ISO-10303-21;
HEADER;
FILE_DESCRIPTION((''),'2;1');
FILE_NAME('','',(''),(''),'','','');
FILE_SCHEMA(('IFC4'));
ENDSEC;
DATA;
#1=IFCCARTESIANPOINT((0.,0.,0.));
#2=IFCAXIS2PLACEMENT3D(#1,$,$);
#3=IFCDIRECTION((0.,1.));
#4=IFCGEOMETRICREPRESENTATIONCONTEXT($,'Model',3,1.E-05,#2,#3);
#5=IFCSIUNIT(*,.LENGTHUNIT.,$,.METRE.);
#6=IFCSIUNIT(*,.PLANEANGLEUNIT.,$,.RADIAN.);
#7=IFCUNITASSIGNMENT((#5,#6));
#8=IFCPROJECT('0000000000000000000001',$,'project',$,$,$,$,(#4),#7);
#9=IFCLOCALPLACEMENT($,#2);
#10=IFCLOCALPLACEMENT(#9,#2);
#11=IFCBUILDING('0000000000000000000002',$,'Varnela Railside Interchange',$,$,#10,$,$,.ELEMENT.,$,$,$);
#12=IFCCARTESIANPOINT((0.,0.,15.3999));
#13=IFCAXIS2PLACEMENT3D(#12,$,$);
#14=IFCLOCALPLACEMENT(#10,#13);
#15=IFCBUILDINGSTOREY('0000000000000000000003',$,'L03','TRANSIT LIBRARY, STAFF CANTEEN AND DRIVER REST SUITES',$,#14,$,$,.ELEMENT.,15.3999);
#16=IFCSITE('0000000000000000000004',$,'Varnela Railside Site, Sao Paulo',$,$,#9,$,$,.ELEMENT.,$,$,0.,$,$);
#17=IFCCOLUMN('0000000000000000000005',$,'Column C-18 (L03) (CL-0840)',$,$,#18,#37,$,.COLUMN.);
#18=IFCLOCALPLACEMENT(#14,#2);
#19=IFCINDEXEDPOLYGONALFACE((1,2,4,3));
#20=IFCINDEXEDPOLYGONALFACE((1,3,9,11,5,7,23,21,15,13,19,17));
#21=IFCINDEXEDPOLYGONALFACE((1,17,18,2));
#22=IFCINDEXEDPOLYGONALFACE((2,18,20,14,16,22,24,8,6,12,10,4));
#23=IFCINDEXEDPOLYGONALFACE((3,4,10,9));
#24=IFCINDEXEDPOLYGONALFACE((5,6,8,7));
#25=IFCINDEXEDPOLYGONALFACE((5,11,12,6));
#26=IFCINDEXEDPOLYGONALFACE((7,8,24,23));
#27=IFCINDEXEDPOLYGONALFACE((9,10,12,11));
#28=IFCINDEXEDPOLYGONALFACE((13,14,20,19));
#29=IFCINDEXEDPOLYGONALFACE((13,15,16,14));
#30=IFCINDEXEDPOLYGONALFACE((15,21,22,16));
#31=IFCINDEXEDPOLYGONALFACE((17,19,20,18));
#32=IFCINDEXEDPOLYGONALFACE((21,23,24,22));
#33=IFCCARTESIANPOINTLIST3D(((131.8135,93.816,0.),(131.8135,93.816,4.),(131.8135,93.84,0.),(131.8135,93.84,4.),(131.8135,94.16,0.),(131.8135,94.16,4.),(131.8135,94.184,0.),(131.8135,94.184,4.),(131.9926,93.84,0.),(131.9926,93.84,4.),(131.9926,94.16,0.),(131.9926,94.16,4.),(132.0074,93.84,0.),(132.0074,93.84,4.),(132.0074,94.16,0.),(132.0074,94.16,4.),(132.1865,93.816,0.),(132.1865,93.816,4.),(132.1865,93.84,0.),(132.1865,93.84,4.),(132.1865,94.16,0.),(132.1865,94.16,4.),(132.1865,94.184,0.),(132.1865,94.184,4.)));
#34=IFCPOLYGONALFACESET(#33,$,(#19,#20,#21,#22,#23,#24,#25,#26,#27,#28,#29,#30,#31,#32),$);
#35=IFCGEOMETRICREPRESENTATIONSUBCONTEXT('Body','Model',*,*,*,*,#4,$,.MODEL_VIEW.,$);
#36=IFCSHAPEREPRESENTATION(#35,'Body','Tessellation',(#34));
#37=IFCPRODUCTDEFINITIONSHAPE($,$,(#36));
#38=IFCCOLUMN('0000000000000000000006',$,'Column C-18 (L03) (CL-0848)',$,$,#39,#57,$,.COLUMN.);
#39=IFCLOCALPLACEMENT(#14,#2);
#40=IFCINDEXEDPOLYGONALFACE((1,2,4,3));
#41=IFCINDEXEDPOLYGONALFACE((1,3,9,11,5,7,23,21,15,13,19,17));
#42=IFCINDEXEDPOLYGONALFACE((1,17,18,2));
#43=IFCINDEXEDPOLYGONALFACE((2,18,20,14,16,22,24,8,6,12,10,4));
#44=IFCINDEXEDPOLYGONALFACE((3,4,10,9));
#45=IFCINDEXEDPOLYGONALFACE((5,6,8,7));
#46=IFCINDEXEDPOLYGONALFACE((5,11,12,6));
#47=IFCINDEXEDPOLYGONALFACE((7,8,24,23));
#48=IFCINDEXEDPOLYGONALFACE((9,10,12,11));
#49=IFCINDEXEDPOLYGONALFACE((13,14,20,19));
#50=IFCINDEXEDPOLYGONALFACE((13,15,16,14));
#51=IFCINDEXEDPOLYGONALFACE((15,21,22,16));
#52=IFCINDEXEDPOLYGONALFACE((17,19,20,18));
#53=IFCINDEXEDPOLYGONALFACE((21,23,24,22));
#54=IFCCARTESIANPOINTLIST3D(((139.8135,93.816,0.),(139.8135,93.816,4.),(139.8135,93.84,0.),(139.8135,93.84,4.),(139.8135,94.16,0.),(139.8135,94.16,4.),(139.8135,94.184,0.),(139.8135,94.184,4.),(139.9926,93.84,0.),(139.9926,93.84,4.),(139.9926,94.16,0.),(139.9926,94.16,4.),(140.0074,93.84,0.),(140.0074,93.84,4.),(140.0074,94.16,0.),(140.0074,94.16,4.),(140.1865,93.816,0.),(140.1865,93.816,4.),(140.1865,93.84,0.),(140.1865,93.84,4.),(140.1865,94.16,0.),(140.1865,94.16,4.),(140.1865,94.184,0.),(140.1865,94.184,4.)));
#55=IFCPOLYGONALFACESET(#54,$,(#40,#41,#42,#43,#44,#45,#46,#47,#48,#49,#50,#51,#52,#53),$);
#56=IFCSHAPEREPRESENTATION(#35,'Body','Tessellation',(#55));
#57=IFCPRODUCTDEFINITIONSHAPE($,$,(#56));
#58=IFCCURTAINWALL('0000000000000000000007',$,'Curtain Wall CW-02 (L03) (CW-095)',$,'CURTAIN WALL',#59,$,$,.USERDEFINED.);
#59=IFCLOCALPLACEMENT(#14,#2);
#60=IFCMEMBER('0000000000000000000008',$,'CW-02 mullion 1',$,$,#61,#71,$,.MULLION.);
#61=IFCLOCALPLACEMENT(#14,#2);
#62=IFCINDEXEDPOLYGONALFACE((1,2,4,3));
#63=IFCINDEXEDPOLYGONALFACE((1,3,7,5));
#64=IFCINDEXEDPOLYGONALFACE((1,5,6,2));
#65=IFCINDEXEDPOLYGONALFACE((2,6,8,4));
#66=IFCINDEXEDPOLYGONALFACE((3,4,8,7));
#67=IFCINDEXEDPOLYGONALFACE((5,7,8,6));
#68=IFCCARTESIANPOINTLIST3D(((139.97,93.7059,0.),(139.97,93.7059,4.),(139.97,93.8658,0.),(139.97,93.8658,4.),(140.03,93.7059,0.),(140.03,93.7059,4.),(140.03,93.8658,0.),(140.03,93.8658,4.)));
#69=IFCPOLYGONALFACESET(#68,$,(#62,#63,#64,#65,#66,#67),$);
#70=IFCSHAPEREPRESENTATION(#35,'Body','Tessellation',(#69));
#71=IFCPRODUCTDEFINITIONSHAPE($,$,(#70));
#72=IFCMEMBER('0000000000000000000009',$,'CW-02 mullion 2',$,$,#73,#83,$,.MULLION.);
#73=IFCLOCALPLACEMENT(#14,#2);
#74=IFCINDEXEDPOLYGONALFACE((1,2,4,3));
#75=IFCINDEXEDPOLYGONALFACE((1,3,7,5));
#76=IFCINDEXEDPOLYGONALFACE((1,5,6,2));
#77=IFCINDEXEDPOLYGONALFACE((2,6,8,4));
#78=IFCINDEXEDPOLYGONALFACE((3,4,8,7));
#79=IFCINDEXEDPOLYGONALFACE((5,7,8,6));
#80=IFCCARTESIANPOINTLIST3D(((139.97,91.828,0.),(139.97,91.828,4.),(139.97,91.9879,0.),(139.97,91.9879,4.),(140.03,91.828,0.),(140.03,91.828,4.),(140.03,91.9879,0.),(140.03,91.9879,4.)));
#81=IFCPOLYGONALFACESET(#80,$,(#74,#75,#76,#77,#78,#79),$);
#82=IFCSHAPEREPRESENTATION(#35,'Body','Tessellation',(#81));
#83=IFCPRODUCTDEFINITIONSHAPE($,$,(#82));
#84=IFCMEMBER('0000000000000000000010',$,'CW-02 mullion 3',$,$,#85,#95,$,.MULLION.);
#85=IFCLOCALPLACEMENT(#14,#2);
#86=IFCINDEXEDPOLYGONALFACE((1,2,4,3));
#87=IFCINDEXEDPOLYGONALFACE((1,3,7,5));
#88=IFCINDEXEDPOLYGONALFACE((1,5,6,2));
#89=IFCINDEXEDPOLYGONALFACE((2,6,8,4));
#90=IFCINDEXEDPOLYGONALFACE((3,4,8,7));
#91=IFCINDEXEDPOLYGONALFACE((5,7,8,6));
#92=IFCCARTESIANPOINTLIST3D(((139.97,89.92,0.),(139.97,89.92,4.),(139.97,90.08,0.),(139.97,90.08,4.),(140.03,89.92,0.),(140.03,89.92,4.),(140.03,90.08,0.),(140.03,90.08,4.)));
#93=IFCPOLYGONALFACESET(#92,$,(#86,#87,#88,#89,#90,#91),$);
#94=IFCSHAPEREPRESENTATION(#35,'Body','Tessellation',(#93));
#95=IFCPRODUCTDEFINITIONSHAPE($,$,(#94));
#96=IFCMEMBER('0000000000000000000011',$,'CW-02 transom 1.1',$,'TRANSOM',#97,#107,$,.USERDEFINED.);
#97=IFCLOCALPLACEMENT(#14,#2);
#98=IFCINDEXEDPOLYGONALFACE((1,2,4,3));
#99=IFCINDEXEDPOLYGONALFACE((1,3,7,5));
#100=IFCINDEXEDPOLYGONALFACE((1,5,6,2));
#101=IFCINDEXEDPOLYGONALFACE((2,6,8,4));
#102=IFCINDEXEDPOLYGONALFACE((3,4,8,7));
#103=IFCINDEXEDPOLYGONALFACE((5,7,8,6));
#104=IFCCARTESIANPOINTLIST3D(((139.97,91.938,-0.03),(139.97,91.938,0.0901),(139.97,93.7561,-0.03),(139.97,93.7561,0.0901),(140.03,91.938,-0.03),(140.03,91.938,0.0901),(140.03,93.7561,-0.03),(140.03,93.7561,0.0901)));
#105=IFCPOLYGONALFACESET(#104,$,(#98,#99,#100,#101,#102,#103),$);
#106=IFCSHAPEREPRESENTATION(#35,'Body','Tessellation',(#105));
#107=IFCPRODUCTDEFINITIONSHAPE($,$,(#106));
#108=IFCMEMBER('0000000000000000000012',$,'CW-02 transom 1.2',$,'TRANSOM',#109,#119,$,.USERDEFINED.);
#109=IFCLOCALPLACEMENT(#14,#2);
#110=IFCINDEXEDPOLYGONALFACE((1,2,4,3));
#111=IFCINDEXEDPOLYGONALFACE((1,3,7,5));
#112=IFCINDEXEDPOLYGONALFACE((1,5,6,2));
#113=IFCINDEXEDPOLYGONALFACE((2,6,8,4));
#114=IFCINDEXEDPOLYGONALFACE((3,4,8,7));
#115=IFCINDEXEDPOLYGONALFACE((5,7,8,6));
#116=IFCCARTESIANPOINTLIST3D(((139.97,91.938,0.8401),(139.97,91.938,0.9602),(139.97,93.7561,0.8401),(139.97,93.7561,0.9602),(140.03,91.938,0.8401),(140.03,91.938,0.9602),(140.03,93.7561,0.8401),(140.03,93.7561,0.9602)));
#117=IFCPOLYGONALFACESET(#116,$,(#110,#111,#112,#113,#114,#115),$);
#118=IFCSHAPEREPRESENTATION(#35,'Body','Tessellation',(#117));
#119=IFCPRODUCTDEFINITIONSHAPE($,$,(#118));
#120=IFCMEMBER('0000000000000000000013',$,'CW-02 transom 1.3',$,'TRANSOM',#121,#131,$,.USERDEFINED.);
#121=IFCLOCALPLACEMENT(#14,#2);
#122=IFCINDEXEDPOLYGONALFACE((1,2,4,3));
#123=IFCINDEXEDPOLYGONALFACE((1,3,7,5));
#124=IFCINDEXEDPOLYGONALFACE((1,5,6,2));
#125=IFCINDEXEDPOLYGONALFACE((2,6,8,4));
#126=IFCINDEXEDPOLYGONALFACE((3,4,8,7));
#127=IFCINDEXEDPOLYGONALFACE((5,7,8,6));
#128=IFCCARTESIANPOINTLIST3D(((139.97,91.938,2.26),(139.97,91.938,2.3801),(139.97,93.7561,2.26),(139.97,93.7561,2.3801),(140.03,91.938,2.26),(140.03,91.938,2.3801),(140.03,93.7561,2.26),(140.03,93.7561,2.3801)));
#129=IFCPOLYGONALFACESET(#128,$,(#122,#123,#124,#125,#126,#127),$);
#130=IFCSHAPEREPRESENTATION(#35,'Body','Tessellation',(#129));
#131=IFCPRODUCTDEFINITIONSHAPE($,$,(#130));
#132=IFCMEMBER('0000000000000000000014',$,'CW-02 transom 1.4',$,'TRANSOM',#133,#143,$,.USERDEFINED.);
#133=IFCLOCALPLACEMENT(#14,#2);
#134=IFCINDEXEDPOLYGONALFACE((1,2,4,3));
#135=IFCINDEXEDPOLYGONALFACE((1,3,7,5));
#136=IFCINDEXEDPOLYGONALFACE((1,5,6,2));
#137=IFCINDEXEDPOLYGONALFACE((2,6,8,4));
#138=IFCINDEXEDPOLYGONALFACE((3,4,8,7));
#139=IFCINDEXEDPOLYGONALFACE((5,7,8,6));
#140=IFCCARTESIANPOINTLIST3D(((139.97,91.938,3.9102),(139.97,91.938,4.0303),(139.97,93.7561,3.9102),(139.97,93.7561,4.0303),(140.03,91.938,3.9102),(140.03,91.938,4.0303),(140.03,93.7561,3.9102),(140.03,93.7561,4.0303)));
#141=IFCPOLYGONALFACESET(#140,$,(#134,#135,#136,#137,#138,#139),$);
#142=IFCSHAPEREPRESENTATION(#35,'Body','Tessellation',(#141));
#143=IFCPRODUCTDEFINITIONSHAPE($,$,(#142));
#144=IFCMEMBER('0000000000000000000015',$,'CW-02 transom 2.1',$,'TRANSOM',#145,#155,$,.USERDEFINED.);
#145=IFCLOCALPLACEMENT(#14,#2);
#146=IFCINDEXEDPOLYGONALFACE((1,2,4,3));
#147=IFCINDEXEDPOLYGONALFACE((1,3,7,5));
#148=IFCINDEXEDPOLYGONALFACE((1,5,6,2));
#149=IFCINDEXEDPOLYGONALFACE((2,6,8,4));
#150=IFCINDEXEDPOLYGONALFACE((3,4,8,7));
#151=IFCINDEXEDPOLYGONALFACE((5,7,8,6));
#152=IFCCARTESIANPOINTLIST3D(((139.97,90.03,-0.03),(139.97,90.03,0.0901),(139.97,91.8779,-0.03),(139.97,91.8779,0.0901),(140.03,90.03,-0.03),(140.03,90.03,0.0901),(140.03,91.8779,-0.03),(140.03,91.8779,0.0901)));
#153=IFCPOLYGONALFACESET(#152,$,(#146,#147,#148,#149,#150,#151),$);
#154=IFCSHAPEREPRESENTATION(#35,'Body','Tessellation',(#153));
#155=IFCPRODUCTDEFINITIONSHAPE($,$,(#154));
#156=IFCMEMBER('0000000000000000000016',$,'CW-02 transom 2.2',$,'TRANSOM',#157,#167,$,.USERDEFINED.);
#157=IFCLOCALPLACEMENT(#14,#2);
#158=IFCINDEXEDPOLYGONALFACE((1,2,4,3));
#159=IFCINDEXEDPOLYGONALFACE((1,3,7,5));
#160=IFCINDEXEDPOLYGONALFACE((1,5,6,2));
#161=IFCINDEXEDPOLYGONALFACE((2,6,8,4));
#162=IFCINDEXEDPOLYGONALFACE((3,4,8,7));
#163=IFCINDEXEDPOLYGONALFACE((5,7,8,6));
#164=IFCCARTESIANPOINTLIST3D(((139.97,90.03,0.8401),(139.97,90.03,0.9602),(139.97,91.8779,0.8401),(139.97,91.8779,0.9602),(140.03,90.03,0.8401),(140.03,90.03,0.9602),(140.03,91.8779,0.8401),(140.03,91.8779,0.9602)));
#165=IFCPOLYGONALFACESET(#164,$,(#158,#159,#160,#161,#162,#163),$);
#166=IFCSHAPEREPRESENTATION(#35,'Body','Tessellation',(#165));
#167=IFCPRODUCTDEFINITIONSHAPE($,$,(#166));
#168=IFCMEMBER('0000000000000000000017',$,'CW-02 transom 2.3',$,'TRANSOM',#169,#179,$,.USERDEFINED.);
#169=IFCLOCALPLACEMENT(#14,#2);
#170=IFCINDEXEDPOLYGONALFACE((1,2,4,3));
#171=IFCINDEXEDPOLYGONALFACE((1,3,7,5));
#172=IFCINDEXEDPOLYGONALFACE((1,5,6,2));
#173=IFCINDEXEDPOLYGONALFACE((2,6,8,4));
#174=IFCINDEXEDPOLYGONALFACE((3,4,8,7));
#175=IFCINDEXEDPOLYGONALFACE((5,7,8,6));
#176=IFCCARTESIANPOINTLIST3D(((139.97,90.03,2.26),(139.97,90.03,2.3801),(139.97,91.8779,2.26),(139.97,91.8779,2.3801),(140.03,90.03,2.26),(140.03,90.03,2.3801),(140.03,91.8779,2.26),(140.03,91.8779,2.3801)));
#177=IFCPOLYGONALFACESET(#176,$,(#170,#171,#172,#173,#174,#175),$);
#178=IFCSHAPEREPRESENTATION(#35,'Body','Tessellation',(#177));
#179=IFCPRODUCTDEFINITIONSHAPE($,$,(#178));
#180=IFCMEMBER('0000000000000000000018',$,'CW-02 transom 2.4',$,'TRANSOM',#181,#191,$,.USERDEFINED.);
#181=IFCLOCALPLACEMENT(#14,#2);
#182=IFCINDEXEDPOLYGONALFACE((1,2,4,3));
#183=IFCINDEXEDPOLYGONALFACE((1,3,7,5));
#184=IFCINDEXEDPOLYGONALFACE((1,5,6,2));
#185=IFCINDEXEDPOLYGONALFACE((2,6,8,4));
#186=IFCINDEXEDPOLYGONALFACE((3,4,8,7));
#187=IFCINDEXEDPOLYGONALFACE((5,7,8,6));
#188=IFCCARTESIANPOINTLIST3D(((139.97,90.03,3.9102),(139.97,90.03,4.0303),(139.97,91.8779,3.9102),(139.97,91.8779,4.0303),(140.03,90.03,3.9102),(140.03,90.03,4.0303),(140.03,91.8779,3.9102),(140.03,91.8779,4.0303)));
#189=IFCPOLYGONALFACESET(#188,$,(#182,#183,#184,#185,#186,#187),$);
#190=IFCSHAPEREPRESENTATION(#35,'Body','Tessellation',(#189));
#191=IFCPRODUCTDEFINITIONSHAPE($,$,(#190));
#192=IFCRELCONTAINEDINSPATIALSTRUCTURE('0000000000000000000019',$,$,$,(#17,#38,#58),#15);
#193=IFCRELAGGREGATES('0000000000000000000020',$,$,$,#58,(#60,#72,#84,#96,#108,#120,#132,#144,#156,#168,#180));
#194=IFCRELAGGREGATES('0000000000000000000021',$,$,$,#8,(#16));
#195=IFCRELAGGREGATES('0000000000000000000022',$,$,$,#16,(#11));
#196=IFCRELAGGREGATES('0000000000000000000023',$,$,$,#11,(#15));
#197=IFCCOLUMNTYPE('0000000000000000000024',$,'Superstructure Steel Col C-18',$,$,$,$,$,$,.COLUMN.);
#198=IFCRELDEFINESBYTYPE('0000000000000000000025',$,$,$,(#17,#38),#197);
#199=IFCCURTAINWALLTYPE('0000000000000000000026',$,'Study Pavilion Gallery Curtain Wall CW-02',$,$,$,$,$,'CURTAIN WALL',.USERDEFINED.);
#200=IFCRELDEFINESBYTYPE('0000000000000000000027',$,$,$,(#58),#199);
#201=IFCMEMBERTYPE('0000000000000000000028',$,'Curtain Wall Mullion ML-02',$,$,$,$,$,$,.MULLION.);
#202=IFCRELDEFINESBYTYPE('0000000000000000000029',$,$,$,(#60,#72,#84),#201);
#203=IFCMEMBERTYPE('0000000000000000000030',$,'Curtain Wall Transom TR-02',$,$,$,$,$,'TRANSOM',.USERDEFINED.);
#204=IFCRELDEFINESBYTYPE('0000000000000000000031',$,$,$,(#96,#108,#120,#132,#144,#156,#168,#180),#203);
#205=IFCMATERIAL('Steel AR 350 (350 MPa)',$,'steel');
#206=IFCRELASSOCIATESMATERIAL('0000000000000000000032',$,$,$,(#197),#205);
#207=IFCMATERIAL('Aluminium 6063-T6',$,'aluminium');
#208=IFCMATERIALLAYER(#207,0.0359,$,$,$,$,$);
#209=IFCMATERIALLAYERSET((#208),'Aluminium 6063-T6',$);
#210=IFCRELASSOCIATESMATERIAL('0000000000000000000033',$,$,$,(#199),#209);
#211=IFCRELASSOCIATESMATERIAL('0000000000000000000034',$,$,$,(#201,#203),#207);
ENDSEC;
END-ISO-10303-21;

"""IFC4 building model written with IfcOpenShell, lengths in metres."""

from ifc_helpers import new_model, si_unit, direction, frame, origin, origin_2d, place, context, subcontext, project, spatial, rectangle, i_section, extrude, material, layer, layer_set, material_profile, profile_set, type_object, element, aggregate, save


model = new_model("IFC4")

# Units and contexts
model_context = context("Model", 3, precision=1e-05, world=origin(), true_north=direction((0.0, 1.0)))
body_context = subcontext(model_context, "Body", "Model", "MODEL_VIEW")
ifc_project = project(units=[si_unit("LENGTHUNIT", "METRE"), si_unit("PLANEANGLEUNIT", "RADIAN")], contexts=[model_context])

# Site, building, storey
site_placement = place(None, origin())
site = spatial("IfcSite", under=ifc_project, at=site_placement, Name="Varnela Railside Site, Sao Paulo", CompositionType="ELEMENT", RefElevation=0.0)
building_placement = place(site_placement, origin())
building = spatial("IfcBuilding", under=site, at=building_placement, Name="Varnela Railside Interchange", CompositionType="ELEMENT")
storey_placement = place(building_placement, frame((0.0, 0.0, 15.3999)))
storey = spatial("IfcBuildingStorey", under=building, at=storey_placement, Name="L03", Description="TRANSIT LIBRARY, STAFF CANTEEN AND DRIVER REST SUITES", CompositionType="ELEMENT", Elevation=15.3999)

# Columns
ifc_material_1 = material(Name="Steel AR 350 (350 MPa)", Category="steel")
ifc_material_profile_1 = material_profile(ifc_material_1, i_section(OverallWidth=0.373, OverallDepth=0.3679, WebThickness=0.0149, FlangeThickness=0.0239, at=origin_2d()), Name="W360x179")
ifc_profile_set_1 = profile_set([ifc_material_profile_1], Name="Steel AR 350 (350 MPa)")
column_type = type_object("IfcColumnType", Name="Superstructure Steel Col C-18", PredefinedType="COLUMN", material=ifc_profile_set_1)
for number, where, z_axis, x_axis, name in (
    (1, (132.0, 94.0, 0.0), (0.0, 0.0, 1.0), (1.0, 0.0, 0.0), "Column C-18 (L03) (CL-0840)"),
    (2, (140.0, 94.0, 0.0), (0.0, 0.0, 1.0), (1.0, 0.0, 0.0), "Column C-18 (L03) (CL-0848)"),
):
    element("IfcColumn", number, at=place(storey_placement, frame(where, z_axis=z_axis, x_axis=x_axis)), inside=storey, type_object=column_type, Name=name, PredefinedType="COLUMN", context=body_context, shape_type="SweptSolid", body=[
        extrude(i_section(OverallWidth=0.373, OverallDepth=0.3679, WebThickness=0.0149, FlangeThickness=0.0239, at=origin_2d()), origin(), (0.0, 0.0, 1.0), 4.0),
    ])

# Curtain wall, members
ifc_material_2 = material(Name="Aluminium 6063-T6", Category="aluminium")
ifc_layer_1 = layer(ifc_material_2, 0.0359)
ifc_layer_set_1 = layer_set([ifc_layer_1], Name="Aluminium 6063-T6")
curtain_wall_type = type_object("IfcCurtainWallType", Name="Study Pavilion Gallery Curtain Wall CW-02", ElementType="CURTAIN WALL", PredefinedType="USERDEFINED", material=ifc_layer_set_1)
curtain_wall_placement = place(storey_placement, origin())
curtain_wall = element("IfcCurtainWall", 3, at=curtain_wall_placement, inside=storey, type_object=curtain_wall_type, Name="Curtain Wall CW-02 (L03) (CW-095)", ObjectType="CURTAIN WALL", PredefinedType="USERDEFINED")
ifc_material_profile_2 = material_profile(ifc_material_2, rectangle(XDim=0.0601, YDim=0.1599, at=origin_2d()), Name="ALU 60x160")
ifc_profile_set_2 = profile_set([ifc_material_profile_2], Name="Aluminium 6063-T6")
member_type_1 = type_object("IfcMemberType", Name="Curtain Wall Mullion ML-02", PredefinedType="MULLION", material=ifc_profile_set_2)
member_1_placement = place(storey_placement, frame((140.0, 93.7859, 0.0), z_axis=(0.0, 0.0, 1.0), x_axis=(1.0, 0.0, 0.0)))
member_1 = element("IfcMember", 4, at=member_1_placement, type_object=member_type_1, Name="CW-02 mullion 1", PredefinedType="MULLION", context=body_context, shape_type="SweptSolid", body=[
    extrude(rectangle(XDim=0.0601, YDim=0.1599, at=origin_2d()), origin(), (0.0, 0.0, 1.0), 4.0),
])
member_2_placement = place(storey_placement, frame((140.0, 91.908, 0.0), z_axis=(0.0, 0.0, 1.0), x_axis=(1.0, 0.0, 0.0)))
member_2 = element("IfcMember", 5, at=member_2_placement, type_object=member_type_1, Name="CW-02 mullion 2", PredefinedType="MULLION", context=body_context, shape_type="SweptSolid", body=[
    extrude(rectangle(XDim=0.0601, YDim=0.1599, at=origin_2d()), origin(), (0.0, 0.0, 1.0), 4.0),
])
member_3_placement = place(storey_placement, frame((140.0, 90.0, 0.0), z_axis=(0.0, 0.0, 1.0), x_axis=(1.0, 0.0, 0.0)))
member_3 = element("IfcMember", 6, at=member_3_placement, type_object=member_type_1, Name="CW-02 mullion 3", PredefinedType="MULLION", context=body_context, shape_type="SweptSolid", body=[
    extrude(rectangle(XDim=0.0601, YDim=0.1599, at=origin_2d()), origin(), (0.0, 0.0, 1.0), 4.0),
])
ifc_material_profile_3 = material_profile(ifc_material_2, rectangle(XDim=0.0601, YDim=0.1201, at=origin_2d()), Name="ALU 60x120")
ifc_profile_set_3 = profile_set([ifc_material_profile_3], Name="Aluminium 6063-T6")
member_type_2 = type_object("IfcMemberType", Name="Curtain Wall Transom TR-02", ElementType="TRANSOM", PredefinedType="USERDEFINED", material=ifc_profile_set_3)
member_4_placement = place(storey_placement, frame((140.0, 93.7561, 0.03), z_axis=(0.0, -1.0, 0.0), x_axis=(1.0, 0.0, 0.0)))
member_4 = element("IfcMember", 7, at=member_4_placement, type_object=member_type_2, Name="CW-02 transom 1.1", ObjectType="TRANSOM", PredefinedType="USERDEFINED", context=body_context, shape_type="SweptSolid", body=[
    extrude(rectangle(XDim=0.0601, YDim=0.1201, at=origin_2d()), origin(), (0.0, 0.0, 1.0), 1.8181),
])
member_5_placement = place(storey_placement, frame((140.0, 93.7561, 0.9001), z_axis=(0.0, -1.0, 0.0), x_axis=(1.0, 0.0, 0.0)))
member_5 = element("IfcMember", 8, at=member_5_placement, type_object=member_type_2, Name="CW-02 transom 1.2", ObjectType="TRANSOM", PredefinedType="USERDEFINED", context=body_context, shape_type="SweptSolid", body=[
    extrude(rectangle(XDim=0.0601, YDim=0.1201, at=origin_2d()), origin(), (0.0, 0.0, 1.0), 1.8181),
])
member_6_placement = place(storey_placement, frame((140.0, 93.7561, 2.3201), z_axis=(0.0, -1.0, 0.0), x_axis=(1.0, 0.0, 0.0)))
member_6 = element("IfcMember", 9, at=member_6_placement, type_object=member_type_2, Name="CW-02 transom 1.3", ObjectType="TRANSOM", PredefinedType="USERDEFINED", context=body_context, shape_type="SweptSolid", body=[
    extrude(rectangle(XDim=0.0601, YDim=0.1201, at=origin_2d()), origin(), (0.0, 0.0, 1.0), 1.8181),
])
member_7_placement = place(storey_placement, frame((140.0, 93.7561, 3.9702), z_axis=(0.0, -1.0, 0.0), x_axis=(1.0, 0.0, 0.0)))
member_7 = element("IfcMember", 10, at=member_7_placement, type_object=member_type_2, Name="CW-02 transom 1.4", ObjectType="TRANSOM", PredefinedType="USERDEFINED", context=body_context, shape_type="SweptSolid", body=[
    extrude(rectangle(XDim=0.0601, YDim=0.1201, at=origin_2d()), origin(), (0.0, 0.0, 1.0), 1.8181),
])
member_8_placement = place(storey_placement, frame((140.0, 91.8779, 0.03), z_axis=(0.0, -1.0, 0.0), x_axis=(1.0, 0.0, 0.0)))
member_8 = element("IfcMember", 11, at=member_8_placement, type_object=member_type_2, Name="CW-02 transom 2.1", ObjectType="TRANSOM", PredefinedType="USERDEFINED", context=body_context, shape_type="SweptSolid", body=[
    extrude(rectangle(XDim=0.0601, YDim=0.1201, at=origin_2d()), origin(), (0.0, 0.0, 1.0), 1.8479),
])
member_9_placement = place(storey_placement, frame((140.0, 91.8779, 0.9001), z_axis=(0.0, -1.0, 0.0), x_axis=(1.0, 0.0, 0.0)))
member_9 = element("IfcMember", 12, at=member_9_placement, type_object=member_type_2, Name="CW-02 transom 2.2", ObjectType="TRANSOM", PredefinedType="USERDEFINED", context=body_context, shape_type="SweptSolid", body=[
    extrude(rectangle(XDim=0.0601, YDim=0.1201, at=origin_2d()), origin(), (0.0, 0.0, 1.0), 1.8479),
])
member_10_placement = place(storey_placement, frame((140.0, 91.8779, 2.3201), z_axis=(0.0, -1.0, 0.0), x_axis=(1.0, 0.0, 0.0)))
member_10 = element("IfcMember", 13, at=member_10_placement, type_object=member_type_2, Name="CW-02 transom 2.3", ObjectType="TRANSOM", PredefinedType="USERDEFINED", context=body_context, shape_type="SweptSolid", body=[
    extrude(rectangle(XDim=0.0601, YDim=0.1201, at=origin_2d()), origin(), (0.0, 0.0, 1.0), 1.8479),
])
member_11_placement = place(storey_placement, frame((140.0, 91.8779, 3.9702), z_axis=(0.0, -1.0, 0.0), x_axis=(1.0, 0.0, 0.0)))
member_11 = element("IfcMember", 14, at=member_11_placement, type_object=member_type_2, Name="CW-02 transom 2.4", ObjectType="TRANSOM", PredefinedType="USERDEFINED", context=body_context, shape_type="SweptSolid", body=[
    extrude(rectangle(XDim=0.0601, YDim=0.1201, at=origin_2d()), origin(), (0.0, 0.0, 1.0), 1.8479),
])

aggregate(curtain_wall, [member_1, member_2, member_3, member_4, member_5, member_6, member_7, member_8, member_9, member_10, member_11])

save(model, "model.ifc")
